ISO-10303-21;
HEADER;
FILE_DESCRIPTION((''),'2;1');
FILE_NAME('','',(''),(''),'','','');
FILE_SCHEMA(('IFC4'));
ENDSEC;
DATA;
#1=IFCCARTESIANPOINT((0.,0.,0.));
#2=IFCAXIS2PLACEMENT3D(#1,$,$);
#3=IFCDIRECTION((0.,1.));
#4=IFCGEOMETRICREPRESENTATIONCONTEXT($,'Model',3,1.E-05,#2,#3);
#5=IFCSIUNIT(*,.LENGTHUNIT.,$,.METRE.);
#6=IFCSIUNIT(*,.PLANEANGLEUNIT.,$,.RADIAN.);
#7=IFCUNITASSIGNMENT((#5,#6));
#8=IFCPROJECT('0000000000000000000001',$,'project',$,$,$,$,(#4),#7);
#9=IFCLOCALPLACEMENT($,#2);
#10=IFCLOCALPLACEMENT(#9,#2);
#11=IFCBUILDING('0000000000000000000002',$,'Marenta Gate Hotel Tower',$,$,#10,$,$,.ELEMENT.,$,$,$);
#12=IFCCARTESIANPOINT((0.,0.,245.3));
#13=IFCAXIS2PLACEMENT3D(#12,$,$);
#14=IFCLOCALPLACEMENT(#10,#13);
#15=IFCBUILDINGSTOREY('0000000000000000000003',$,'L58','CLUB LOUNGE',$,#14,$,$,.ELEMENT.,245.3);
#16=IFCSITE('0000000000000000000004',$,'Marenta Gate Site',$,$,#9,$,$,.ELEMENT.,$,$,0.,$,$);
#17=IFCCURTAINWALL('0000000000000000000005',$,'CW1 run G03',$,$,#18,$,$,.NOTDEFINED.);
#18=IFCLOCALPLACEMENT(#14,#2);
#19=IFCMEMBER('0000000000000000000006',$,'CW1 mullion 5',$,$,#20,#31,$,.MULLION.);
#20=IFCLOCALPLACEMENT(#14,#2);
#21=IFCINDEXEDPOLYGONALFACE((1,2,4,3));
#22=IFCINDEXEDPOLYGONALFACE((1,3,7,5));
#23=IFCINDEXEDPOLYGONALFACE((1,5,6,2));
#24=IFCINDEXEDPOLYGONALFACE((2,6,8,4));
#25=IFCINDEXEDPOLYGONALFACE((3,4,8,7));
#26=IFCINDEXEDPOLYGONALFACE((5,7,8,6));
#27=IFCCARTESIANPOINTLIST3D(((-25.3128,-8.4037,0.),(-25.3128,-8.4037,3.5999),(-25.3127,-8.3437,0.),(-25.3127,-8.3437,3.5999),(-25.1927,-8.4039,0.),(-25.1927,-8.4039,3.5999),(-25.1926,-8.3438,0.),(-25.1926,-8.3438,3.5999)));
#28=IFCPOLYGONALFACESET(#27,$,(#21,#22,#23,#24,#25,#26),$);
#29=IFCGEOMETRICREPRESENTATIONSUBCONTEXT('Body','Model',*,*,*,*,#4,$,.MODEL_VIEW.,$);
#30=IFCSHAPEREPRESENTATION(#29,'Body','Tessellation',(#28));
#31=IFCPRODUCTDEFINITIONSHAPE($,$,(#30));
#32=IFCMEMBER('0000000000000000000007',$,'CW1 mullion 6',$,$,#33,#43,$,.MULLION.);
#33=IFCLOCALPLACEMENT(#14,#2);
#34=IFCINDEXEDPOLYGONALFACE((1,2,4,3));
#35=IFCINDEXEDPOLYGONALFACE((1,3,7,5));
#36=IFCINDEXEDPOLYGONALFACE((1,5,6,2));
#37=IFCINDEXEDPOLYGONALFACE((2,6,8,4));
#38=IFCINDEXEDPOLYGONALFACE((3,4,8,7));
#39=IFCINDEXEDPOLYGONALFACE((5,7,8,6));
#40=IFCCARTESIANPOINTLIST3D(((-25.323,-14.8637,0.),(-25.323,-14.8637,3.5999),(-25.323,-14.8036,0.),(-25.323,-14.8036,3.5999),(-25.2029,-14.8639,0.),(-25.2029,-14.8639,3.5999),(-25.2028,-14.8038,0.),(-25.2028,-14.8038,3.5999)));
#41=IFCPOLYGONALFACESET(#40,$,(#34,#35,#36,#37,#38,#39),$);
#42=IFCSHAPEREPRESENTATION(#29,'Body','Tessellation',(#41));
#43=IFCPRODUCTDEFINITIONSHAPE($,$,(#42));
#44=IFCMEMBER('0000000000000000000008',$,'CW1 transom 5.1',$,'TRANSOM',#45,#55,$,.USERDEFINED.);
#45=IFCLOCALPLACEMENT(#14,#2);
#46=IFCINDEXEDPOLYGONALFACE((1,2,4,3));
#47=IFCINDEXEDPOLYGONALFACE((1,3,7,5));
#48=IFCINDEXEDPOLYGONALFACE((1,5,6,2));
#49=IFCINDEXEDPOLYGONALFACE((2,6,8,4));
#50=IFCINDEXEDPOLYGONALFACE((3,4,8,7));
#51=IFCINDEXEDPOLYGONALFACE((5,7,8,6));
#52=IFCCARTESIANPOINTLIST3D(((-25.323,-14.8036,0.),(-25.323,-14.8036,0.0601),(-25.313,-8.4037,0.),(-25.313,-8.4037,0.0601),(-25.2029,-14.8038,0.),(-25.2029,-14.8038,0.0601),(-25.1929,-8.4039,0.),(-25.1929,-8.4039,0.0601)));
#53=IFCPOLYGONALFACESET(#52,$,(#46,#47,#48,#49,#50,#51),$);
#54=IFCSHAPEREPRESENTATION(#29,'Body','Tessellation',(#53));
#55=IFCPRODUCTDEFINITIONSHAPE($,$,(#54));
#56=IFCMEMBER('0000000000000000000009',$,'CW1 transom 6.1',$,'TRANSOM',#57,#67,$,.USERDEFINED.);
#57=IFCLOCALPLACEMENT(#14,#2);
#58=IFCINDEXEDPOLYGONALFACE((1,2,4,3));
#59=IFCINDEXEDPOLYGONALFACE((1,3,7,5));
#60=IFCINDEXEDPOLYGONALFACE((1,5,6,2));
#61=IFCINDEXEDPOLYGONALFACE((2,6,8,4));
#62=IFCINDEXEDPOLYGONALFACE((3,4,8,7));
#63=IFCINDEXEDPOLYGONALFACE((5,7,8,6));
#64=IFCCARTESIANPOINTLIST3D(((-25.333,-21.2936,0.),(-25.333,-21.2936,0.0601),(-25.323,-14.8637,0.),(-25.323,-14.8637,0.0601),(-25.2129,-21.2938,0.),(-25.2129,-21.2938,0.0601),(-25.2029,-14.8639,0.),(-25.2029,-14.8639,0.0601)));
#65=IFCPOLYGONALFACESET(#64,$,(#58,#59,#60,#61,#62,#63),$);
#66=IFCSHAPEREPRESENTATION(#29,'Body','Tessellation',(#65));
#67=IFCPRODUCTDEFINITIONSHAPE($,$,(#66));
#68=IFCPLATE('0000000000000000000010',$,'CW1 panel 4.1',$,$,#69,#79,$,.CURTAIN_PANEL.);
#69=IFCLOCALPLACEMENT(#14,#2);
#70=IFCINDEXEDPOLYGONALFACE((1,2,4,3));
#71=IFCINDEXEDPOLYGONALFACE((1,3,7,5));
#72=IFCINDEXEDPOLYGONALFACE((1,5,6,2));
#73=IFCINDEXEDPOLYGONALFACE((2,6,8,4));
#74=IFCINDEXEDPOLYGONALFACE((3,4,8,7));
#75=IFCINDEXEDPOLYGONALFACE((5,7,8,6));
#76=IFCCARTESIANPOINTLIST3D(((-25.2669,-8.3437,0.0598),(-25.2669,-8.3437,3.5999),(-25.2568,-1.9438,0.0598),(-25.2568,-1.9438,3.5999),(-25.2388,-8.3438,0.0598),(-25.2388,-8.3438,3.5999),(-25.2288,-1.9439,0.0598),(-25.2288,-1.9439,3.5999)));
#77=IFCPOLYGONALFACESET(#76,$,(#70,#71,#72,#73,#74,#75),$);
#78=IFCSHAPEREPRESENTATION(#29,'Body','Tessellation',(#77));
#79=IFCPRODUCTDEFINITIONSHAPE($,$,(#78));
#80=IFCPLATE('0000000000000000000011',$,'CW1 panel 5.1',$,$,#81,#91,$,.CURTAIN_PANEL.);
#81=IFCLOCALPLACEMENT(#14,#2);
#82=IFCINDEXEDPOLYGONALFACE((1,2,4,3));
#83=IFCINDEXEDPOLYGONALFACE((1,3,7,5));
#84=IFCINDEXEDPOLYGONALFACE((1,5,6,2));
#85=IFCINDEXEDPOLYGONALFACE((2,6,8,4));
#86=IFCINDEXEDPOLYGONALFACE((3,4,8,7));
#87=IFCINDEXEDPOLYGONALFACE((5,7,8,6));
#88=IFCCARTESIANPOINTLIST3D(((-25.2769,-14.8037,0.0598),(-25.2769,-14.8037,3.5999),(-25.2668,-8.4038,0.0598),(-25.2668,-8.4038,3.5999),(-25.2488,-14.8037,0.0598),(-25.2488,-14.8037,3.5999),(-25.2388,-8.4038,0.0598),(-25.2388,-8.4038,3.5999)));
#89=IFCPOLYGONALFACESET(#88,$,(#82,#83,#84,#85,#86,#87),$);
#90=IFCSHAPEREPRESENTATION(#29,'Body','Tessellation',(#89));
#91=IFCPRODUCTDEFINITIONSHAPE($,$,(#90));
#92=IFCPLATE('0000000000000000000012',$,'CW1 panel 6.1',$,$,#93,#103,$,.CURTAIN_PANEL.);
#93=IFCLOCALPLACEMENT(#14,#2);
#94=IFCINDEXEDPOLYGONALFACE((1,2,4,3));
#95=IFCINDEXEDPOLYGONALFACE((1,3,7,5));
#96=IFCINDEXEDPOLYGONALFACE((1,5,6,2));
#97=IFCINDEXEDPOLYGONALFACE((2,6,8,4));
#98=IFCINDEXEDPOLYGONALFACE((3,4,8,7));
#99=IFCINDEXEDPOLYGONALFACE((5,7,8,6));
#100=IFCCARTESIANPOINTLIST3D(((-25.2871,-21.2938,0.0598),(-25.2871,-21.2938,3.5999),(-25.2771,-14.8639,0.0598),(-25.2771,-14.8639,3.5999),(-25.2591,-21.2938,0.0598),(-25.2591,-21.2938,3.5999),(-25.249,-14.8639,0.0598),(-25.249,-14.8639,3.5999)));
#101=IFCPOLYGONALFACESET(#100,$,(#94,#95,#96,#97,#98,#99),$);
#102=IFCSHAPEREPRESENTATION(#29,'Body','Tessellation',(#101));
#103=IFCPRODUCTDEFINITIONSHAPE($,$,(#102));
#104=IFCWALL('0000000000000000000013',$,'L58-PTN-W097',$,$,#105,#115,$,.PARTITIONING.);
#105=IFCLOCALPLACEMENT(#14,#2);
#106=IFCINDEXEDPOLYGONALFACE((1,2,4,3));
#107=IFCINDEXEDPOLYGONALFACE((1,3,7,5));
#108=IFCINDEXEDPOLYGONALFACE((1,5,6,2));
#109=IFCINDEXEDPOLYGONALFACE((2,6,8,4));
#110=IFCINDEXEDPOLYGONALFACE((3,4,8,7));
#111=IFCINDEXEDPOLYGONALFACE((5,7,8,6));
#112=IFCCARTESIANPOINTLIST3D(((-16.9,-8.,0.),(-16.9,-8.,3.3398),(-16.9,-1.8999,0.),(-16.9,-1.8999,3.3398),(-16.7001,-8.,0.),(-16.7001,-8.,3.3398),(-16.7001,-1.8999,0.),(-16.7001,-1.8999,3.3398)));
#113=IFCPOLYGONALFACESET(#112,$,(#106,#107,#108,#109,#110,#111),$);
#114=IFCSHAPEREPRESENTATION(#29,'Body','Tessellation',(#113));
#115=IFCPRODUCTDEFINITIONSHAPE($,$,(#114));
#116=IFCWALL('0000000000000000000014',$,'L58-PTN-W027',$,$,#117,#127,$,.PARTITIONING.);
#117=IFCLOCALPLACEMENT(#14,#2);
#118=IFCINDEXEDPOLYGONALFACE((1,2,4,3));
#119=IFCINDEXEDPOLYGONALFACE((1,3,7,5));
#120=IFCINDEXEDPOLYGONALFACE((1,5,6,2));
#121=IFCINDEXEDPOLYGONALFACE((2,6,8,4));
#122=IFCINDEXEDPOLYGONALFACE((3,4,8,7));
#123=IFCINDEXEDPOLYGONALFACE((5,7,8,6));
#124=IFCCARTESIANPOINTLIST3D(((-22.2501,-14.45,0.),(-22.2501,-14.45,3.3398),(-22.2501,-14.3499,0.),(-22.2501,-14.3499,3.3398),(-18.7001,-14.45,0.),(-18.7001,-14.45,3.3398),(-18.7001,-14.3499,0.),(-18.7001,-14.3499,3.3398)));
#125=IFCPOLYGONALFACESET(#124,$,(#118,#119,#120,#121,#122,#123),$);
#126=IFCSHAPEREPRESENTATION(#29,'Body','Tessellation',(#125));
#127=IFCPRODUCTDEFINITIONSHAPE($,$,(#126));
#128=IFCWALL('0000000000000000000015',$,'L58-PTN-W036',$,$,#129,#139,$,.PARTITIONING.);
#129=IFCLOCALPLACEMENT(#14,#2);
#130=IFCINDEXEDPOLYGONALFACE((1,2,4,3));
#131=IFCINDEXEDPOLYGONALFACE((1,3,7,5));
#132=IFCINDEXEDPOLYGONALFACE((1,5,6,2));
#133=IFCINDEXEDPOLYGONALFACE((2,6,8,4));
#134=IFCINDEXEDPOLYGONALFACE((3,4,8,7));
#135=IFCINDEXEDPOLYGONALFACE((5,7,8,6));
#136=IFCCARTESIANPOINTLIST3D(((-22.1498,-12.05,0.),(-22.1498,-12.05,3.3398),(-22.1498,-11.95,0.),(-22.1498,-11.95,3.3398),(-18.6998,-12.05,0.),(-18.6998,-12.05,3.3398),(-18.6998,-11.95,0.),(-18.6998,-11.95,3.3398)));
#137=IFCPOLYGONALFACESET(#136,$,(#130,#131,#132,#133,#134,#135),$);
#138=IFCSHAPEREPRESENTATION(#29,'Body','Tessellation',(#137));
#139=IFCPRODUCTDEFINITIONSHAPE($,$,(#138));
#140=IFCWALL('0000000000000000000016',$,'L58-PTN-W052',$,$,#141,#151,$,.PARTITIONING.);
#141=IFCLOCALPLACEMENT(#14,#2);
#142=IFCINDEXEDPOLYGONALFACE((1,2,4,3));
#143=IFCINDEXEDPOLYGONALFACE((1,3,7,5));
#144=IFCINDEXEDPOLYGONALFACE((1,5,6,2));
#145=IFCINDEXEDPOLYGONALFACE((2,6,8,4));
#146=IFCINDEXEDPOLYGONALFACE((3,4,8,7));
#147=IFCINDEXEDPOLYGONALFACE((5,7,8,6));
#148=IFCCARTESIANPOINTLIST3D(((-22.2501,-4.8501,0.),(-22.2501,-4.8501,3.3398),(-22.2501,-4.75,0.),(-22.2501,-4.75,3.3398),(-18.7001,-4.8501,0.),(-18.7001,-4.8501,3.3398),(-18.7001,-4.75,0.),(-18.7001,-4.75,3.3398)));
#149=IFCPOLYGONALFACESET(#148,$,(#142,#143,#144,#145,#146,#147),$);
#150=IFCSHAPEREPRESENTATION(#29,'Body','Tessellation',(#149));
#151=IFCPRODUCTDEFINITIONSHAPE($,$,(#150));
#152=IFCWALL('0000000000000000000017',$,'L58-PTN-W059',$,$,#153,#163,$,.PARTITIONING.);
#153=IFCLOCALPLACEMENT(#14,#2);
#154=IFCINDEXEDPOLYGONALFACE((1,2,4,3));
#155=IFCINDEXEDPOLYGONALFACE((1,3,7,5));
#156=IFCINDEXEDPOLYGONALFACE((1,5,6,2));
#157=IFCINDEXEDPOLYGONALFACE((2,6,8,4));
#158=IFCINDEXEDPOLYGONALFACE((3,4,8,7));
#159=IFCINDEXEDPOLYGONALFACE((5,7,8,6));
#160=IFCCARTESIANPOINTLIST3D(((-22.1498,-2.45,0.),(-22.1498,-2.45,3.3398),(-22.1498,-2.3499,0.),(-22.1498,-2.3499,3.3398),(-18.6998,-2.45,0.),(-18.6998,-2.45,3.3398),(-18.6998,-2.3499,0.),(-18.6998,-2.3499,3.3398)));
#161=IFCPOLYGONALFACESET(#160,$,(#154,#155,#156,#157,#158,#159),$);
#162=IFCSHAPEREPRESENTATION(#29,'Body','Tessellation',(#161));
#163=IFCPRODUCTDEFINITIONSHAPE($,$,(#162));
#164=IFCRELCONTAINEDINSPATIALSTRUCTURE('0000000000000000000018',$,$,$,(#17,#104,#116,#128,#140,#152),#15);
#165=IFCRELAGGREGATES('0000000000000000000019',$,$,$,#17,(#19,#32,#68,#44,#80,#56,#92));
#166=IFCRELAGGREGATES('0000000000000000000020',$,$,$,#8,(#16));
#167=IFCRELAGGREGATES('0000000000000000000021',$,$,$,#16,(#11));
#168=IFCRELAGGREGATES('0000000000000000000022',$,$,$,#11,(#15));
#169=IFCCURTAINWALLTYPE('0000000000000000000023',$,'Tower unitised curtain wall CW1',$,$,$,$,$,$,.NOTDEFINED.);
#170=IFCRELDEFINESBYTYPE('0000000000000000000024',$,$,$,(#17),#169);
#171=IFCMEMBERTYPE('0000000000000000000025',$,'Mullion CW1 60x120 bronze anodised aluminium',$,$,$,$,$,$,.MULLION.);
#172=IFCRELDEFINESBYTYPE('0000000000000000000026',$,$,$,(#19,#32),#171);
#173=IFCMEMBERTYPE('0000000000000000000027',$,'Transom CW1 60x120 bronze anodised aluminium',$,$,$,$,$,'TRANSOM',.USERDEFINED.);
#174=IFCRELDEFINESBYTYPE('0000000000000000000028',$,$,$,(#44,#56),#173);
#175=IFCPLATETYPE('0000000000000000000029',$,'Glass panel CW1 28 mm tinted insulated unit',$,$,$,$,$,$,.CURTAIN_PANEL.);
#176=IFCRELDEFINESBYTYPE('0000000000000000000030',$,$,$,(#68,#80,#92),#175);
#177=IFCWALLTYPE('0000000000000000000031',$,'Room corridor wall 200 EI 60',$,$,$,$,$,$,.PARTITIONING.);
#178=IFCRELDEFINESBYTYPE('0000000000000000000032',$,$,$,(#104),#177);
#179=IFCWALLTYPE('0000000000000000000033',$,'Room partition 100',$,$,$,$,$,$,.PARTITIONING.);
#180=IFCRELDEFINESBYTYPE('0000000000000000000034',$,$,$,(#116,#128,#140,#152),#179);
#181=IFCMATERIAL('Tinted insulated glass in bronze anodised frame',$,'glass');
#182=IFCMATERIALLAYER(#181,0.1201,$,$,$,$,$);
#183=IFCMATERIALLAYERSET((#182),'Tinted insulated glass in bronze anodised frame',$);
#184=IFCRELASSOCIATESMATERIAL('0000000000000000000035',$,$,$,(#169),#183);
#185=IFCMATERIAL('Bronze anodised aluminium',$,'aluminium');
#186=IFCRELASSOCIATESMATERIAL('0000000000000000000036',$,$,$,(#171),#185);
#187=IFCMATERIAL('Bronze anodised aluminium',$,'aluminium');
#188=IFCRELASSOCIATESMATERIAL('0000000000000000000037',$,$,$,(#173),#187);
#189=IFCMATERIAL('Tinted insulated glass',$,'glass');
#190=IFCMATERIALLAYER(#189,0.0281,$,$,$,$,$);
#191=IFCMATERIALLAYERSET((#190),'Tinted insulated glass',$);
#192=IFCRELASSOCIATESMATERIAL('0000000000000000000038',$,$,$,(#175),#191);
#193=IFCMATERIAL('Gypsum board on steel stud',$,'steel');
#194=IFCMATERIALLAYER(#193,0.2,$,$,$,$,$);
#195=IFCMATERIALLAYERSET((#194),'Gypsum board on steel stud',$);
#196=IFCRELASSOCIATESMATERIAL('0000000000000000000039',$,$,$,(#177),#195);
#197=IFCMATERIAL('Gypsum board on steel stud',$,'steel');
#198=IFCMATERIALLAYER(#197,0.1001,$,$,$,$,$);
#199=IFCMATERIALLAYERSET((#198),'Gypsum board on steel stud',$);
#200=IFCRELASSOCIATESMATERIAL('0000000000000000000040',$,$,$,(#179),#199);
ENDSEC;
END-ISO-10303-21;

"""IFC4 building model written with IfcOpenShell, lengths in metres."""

from ifc_helpers import new_model, si_unit, direction, frame, frame_2d, origin, origin_2d, place, context, subcontext, project, spatial, rectangle, extrude, material, layer, layer_set, material_profile, profile_set, type_object, element, aggregate, save


model = new_model("IFC4")

# Units and contexts
model_context = context("Model", 3, precision=1e-05, world=origin(), true_north=direction((0.0, 1.0)))
body_context = subcontext(model_context, "Body", "Model", "MODEL_VIEW")
ifc_project = project(units=[si_unit("LENGTHUNIT", "METRE"), si_unit("PLANEANGLEUNIT", "RADIAN")], contexts=[model_context])

# Site, building, storey
site_placement = place(None, origin())
site = spatial("IfcSite", under=ifc_project, at=site_placement, Name="Marenta Gate Site", CompositionType="ELEMENT", RefElevation=0.0)
building_placement = place(site_placement, origin())
building = spatial("IfcBuilding", under=site, at=building_placement, Name="Marenta Gate Hotel Tower", CompositionType="ELEMENT")
storey_placement = place(building_placement, frame((0.0, 0.0, 245.3)))
storey = spatial("IfcBuildingStorey", under=building, at=storey_placement, Name="L58", Description="CLUB LOUNGE", CompositionType="ELEMENT", Elevation=245.3)

# Curtain wall, members, plates
ifc_material_1 = material(Name="Tinted insulated glass in bronze anodised frame", Category="glass")
ifc_layer_1 = layer(ifc_material_1, 0.1201)
ifc_layer_set_1 = layer_set([ifc_layer_1], Name="Tinted insulated glass in bronze anodised frame")
curtain_wall_type = type_object("IfcCurtainWallType", Name="Tower unitised curtain wall CW1", PredefinedType="NOTDEFINED", material=ifc_layer_set_1)
curtain_wall_placement = place(storey_placement, origin())
curtain_wall = element("IfcCurtainWall", 1, at=curtain_wall_placement, inside=storey, type_object=curtain_wall_type, Name="CW1 run G03", PredefinedType="NOTDEFINED")
ifc_material_2 = material(Name="Bronze anodised aluminium", Category="aluminium")
ifc_material_profile_1 = material_profile(ifc_material_2, rectangle(XDim=0.1201, YDim=0.0601, at=origin_2d()), Name="Mullion CW1 60x120 bronze anodised aluminium")
ifc_profile_set_1 = profile_set([ifc_material_profile_1], Name="Bronze anodised aluminium")
member_type_1 = type_object("IfcMemberType", Name="Mullion CW1 60x120 bronze anodised aluminium", PredefinedType="MULLION", material=ifc_profile_set_1)
member_1_placement = place(storey_placement, frame((-25.2527, -8.3738, 0.0), z_axis=(0.0, 0.0, 1.0), x_axis=(0.999999, -0.001566, 0.0)))
member_1 = element("IfcMember", 2, at=member_1_placement, type_object=member_type_1, Name="CW1 mullion 5", PredefinedType="MULLION", context=body_context, shape_type="SweptSolid", body=[
    extrude(rectangle(XDim=0.1201, YDim=0.0601, at=origin_2d()), origin(), (0.0, 0.0, 1.0), 3.5999),
])
member_2_placement = place(storey_placement, frame((-25.2629, -14.8337, 0.0), z_axis=(0.0, 0.0, 1.0), x_axis=(0.999999, -0.001566, 0.0)))
member_2 = element("IfcMember", 3, at=member_2_placement, type_object=member_type_1, Name="CW1 mullion 6", PredefinedType="MULLION", context=body_context, shape_type="SweptSolid", body=[
    extrude(rectangle(XDim=0.1201, YDim=0.0601, at=origin_2d()), origin(), (0.0, 0.0, 1.0), 3.5999),
])
ifc_material_3 = material(Name="Bronze anodised aluminium", Category="aluminium")
ifc_material_profile_2 = material_profile(ifc_material_3, rectangle(XDim=0.1201, YDim=0.0601, at=origin_2d()), Name="Transom CW1 60x120 bronze anodised aluminium")
ifc_profile_set_2 = profile_set([ifc_material_profile_2], Name="Bronze anodised aluminium")
member_type_2 = type_object("IfcMemberType", Name="Transom CW1 60x120 bronze anodised aluminium", ElementType="TRANSOM", PredefinedType="USERDEFINED", material=ifc_profile_set_2)
member_3_placement = place(storey_placement, frame((-25.2529, -8.4038, 0.03), z_axis=(-0.001564, -0.999999, 0.0), x_axis=(0.999999, -0.001564, 0.0)))
member_3 = element("IfcMember", 4, at=member_3_placement, type_object=member_type_2, Name="CW1 transom 5.1", ObjectType="TRANSOM", PredefinedType="USERDEFINED", context=body_context, shape_type="SweptSolid", body=[
    extrude(rectangle(XDim=0.1201, YDim=0.0601, at=origin_2d()), origin(), (0.0, 0.0, 1.0), 6.3999),
])
member_4_placement = place(storey_placement, frame((-25.2629, -14.8638, 0.03), z_axis=(-0.001557, -0.999999, 0.0), x_axis=(0.999999, -0.001557, 0.0)))
member_4 = element("IfcMember", 5, at=member_4_placement, type_object=member_type_2, Name="CW1 transom 6.1", ObjectType="TRANSOM", PredefinedType="USERDEFINED", context=body_context, shape_type="SweptSolid", body=[
    extrude(rectangle(XDim=0.1201, YDim=0.0601, at=origin_2d()), origin(), (0.0, 0.0, 1.0), 6.4299),
])
ifc_material_4 = material(Name="Tinted insulated glass", Category="glass")
ifc_layer_2 = layer(ifc_material_4, 0.0281)
ifc_layer_set_2 = layer_set([ifc_layer_2], Name="Tinted insulated glass")
plate_type = type_object("IfcPlateType", Name="Glass panel CW1 28 mm tinted insulated unit", PredefinedType="CURTAIN_PANEL", material=ifc_layer_set_2)
plate_1_placement = place(storey_placement, frame((-25.2478, -5.1438, 0.0598), z_axis=(0.0, 0.0, 1.0), x_axis=(-0.001566, -0.999999, 0.0)))
plate_1 = element("IfcPlate", 6, at=plate_1_placement, type_object=plate_type, Name="CW1 panel 4.1", PredefinedType="CURTAIN_PANEL", context=body_context, shape_type="SweptSolid", body=[
    extrude(rectangle(XDim=6.3999, YDim=0.0281, at=origin_2d()), origin(), (0.0, 0.0, 1.0), 3.54),
])
plate_2_placement = place(storey_placement, frame((-25.2578, -11.6038, 0.0598), z_axis=(0.0, 0.0, 1.0), x_axis=(-0.001566, -0.999999, 0.0)))
plate_2 = element("IfcPlate", 7, at=plate_2_placement, type_object=plate_type, Name="CW1 panel 5.1", PredefinedType="CURTAIN_PANEL", context=body_context, shape_type="SweptSolid", body=[
    extrude(rectangle(XDim=6.3999, YDim=0.0281, at=origin_2d()), origin(), (0.0, 0.0, 1.0), 3.54),
])
plate_3_placement = place(storey_placement, frame((-25.2681, -18.0789, 0.0598), z_axis=(0.0, 0.0, 1.0), x_axis=(-0.001566, -0.999999, 0.0)))
plate_3 = element("IfcPlate", 8, at=plate_3_placement, type_object=plate_type, Name="CW1 panel 6.1", PredefinedType="CURTAIN_PANEL", context=body_context, shape_type="SweptSolid", body=[
    extrude(rectangle(XDim=6.4299, YDim=0.0281, at=origin_2d()), origin(), (0.0, 0.0, 1.0), 3.54),
])
aggregate(curtain_wall, [member_1, member_2, plate_1, member_3, plate_2, member_4, plate_3])

# Walls
ifc_material_5 = material(Name="Gypsum board on steel stud", Category="steel")
ifc_layer_3 = layer(ifc_material_5, 0.2)
ifc_layer_set_3 = layer_set([ifc_layer_3], Name="Gypsum board on steel stud")
wall_type_1 = type_object("IfcWallType", Name="Room corridor wall 200 EI 60", PredefinedType="PARTITIONING", material=ifc_layer_set_3)
wall_1_placement = place(storey_placement, frame((-16.8, -8.0, 0.0), z_axis=(0.0, 0.0, 1.0), x_axis=(0.0, 1.0, 0.0)))
element("IfcWall", 9, at=wall_1_placement, inside=storey, type_object=wall_type_1, Name="L58-PTN-W097", PredefinedType="PARTITIONING", context=body_context, shape_type="SweptSolid", body=[
    extrude(rectangle(XDim=6.1001, YDim=0.2, at=frame_2d((3.05, 0.0))), origin(), (0.0, 0.0, 1.0), 3.3398),
])
ifc_material_6 = material(Name="Gypsum board on steel stud", Category="steel")
ifc_layer_4 = layer(ifc_material_6, 0.1001)
ifc_layer_set_4 = layer_set([ifc_layer_4], Name="Gypsum board on steel stud")
wall_type_2 = type_object("IfcWallType", Name="Room partition 100", PredefinedType="PARTITIONING", material=ifc_layer_set_4)
wall_2_placement = place(storey_placement, frame((-22.25, -14.3999, 0.0), z_axis=(0.0, 0.0, 1.0), x_axis=(1.0, 0.0, 0.0)))
element("IfcWall", 10, at=wall_2_placement, inside=storey, type_object=wall_type_2, Name="L58-PTN-W027", PredefinedType="PARTITIONING", context=body_context, shape_type="SweptSolid", body=[
    extrude(rectangle(XDim=3.55, YDim=0.1001, at=frame_2d((1.7749, 0.0))), origin(), (0.0, 0.0, 1.0), 3.3398),
])
wall_3_placement = place(storey_placement, frame((-22.1499, -12.0, 0.0), z_axis=(0.0, 0.0, 1.0), x_axis=(1.0, 0.0, 0.0)))
element("IfcWall", 11, at=wall_3_placement, inside=storey, type_object=wall_type_2, Name="L58-PTN-W036", PredefinedType="PARTITIONING", context=body_context, shape_type="SweptSolid", body=[
    extrude(rectangle(XDim=3.45, YDim=0.1001, at=frame_2d((1.7251, 0.0))), origin(), (0.0, 0.0, 1.0), 3.3398),
])
wall_4_placement = place(storey_placement, frame((-22.25, -4.8, 0.0), z_axis=(0.0, 0.0, 1.0), x_axis=(1.0, 0.0, 0.0)))
element("IfcWall", 12, at=wall_4_placement, inside=storey, type_object=wall_type_2, Name="L58-PTN-W052", PredefinedType="PARTITIONING", context=body_context, shape_type="SweptSolid", body=[
    extrude(rectangle(XDim=3.55, YDim=0.1001, at=frame_2d((1.7749, 0.0))), origin(), (0.0, 0.0, 1.0), 3.3398),
])
wall_5_placement = place(storey_placement, frame((-22.1499, -2.3999, 0.0), z_axis=(0.0, 0.0, 1.0), x_axis=(1.0, 0.0, 0.0)))
element("IfcWall", 13, at=wall_5_placement, inside=storey, type_object=wall_type_2, Name="L58-PTN-W059", PredefinedType="PARTITIONING", context=body_context, shape_type="SweptSolid", body=[
    extrude(rectangle(XDim=3.45, YDim=0.1001, at=frame_2d((1.7251, 0.0))), origin(), (0.0, 0.0, 1.0), 3.3398),
])

save(model, "model.ifc")
